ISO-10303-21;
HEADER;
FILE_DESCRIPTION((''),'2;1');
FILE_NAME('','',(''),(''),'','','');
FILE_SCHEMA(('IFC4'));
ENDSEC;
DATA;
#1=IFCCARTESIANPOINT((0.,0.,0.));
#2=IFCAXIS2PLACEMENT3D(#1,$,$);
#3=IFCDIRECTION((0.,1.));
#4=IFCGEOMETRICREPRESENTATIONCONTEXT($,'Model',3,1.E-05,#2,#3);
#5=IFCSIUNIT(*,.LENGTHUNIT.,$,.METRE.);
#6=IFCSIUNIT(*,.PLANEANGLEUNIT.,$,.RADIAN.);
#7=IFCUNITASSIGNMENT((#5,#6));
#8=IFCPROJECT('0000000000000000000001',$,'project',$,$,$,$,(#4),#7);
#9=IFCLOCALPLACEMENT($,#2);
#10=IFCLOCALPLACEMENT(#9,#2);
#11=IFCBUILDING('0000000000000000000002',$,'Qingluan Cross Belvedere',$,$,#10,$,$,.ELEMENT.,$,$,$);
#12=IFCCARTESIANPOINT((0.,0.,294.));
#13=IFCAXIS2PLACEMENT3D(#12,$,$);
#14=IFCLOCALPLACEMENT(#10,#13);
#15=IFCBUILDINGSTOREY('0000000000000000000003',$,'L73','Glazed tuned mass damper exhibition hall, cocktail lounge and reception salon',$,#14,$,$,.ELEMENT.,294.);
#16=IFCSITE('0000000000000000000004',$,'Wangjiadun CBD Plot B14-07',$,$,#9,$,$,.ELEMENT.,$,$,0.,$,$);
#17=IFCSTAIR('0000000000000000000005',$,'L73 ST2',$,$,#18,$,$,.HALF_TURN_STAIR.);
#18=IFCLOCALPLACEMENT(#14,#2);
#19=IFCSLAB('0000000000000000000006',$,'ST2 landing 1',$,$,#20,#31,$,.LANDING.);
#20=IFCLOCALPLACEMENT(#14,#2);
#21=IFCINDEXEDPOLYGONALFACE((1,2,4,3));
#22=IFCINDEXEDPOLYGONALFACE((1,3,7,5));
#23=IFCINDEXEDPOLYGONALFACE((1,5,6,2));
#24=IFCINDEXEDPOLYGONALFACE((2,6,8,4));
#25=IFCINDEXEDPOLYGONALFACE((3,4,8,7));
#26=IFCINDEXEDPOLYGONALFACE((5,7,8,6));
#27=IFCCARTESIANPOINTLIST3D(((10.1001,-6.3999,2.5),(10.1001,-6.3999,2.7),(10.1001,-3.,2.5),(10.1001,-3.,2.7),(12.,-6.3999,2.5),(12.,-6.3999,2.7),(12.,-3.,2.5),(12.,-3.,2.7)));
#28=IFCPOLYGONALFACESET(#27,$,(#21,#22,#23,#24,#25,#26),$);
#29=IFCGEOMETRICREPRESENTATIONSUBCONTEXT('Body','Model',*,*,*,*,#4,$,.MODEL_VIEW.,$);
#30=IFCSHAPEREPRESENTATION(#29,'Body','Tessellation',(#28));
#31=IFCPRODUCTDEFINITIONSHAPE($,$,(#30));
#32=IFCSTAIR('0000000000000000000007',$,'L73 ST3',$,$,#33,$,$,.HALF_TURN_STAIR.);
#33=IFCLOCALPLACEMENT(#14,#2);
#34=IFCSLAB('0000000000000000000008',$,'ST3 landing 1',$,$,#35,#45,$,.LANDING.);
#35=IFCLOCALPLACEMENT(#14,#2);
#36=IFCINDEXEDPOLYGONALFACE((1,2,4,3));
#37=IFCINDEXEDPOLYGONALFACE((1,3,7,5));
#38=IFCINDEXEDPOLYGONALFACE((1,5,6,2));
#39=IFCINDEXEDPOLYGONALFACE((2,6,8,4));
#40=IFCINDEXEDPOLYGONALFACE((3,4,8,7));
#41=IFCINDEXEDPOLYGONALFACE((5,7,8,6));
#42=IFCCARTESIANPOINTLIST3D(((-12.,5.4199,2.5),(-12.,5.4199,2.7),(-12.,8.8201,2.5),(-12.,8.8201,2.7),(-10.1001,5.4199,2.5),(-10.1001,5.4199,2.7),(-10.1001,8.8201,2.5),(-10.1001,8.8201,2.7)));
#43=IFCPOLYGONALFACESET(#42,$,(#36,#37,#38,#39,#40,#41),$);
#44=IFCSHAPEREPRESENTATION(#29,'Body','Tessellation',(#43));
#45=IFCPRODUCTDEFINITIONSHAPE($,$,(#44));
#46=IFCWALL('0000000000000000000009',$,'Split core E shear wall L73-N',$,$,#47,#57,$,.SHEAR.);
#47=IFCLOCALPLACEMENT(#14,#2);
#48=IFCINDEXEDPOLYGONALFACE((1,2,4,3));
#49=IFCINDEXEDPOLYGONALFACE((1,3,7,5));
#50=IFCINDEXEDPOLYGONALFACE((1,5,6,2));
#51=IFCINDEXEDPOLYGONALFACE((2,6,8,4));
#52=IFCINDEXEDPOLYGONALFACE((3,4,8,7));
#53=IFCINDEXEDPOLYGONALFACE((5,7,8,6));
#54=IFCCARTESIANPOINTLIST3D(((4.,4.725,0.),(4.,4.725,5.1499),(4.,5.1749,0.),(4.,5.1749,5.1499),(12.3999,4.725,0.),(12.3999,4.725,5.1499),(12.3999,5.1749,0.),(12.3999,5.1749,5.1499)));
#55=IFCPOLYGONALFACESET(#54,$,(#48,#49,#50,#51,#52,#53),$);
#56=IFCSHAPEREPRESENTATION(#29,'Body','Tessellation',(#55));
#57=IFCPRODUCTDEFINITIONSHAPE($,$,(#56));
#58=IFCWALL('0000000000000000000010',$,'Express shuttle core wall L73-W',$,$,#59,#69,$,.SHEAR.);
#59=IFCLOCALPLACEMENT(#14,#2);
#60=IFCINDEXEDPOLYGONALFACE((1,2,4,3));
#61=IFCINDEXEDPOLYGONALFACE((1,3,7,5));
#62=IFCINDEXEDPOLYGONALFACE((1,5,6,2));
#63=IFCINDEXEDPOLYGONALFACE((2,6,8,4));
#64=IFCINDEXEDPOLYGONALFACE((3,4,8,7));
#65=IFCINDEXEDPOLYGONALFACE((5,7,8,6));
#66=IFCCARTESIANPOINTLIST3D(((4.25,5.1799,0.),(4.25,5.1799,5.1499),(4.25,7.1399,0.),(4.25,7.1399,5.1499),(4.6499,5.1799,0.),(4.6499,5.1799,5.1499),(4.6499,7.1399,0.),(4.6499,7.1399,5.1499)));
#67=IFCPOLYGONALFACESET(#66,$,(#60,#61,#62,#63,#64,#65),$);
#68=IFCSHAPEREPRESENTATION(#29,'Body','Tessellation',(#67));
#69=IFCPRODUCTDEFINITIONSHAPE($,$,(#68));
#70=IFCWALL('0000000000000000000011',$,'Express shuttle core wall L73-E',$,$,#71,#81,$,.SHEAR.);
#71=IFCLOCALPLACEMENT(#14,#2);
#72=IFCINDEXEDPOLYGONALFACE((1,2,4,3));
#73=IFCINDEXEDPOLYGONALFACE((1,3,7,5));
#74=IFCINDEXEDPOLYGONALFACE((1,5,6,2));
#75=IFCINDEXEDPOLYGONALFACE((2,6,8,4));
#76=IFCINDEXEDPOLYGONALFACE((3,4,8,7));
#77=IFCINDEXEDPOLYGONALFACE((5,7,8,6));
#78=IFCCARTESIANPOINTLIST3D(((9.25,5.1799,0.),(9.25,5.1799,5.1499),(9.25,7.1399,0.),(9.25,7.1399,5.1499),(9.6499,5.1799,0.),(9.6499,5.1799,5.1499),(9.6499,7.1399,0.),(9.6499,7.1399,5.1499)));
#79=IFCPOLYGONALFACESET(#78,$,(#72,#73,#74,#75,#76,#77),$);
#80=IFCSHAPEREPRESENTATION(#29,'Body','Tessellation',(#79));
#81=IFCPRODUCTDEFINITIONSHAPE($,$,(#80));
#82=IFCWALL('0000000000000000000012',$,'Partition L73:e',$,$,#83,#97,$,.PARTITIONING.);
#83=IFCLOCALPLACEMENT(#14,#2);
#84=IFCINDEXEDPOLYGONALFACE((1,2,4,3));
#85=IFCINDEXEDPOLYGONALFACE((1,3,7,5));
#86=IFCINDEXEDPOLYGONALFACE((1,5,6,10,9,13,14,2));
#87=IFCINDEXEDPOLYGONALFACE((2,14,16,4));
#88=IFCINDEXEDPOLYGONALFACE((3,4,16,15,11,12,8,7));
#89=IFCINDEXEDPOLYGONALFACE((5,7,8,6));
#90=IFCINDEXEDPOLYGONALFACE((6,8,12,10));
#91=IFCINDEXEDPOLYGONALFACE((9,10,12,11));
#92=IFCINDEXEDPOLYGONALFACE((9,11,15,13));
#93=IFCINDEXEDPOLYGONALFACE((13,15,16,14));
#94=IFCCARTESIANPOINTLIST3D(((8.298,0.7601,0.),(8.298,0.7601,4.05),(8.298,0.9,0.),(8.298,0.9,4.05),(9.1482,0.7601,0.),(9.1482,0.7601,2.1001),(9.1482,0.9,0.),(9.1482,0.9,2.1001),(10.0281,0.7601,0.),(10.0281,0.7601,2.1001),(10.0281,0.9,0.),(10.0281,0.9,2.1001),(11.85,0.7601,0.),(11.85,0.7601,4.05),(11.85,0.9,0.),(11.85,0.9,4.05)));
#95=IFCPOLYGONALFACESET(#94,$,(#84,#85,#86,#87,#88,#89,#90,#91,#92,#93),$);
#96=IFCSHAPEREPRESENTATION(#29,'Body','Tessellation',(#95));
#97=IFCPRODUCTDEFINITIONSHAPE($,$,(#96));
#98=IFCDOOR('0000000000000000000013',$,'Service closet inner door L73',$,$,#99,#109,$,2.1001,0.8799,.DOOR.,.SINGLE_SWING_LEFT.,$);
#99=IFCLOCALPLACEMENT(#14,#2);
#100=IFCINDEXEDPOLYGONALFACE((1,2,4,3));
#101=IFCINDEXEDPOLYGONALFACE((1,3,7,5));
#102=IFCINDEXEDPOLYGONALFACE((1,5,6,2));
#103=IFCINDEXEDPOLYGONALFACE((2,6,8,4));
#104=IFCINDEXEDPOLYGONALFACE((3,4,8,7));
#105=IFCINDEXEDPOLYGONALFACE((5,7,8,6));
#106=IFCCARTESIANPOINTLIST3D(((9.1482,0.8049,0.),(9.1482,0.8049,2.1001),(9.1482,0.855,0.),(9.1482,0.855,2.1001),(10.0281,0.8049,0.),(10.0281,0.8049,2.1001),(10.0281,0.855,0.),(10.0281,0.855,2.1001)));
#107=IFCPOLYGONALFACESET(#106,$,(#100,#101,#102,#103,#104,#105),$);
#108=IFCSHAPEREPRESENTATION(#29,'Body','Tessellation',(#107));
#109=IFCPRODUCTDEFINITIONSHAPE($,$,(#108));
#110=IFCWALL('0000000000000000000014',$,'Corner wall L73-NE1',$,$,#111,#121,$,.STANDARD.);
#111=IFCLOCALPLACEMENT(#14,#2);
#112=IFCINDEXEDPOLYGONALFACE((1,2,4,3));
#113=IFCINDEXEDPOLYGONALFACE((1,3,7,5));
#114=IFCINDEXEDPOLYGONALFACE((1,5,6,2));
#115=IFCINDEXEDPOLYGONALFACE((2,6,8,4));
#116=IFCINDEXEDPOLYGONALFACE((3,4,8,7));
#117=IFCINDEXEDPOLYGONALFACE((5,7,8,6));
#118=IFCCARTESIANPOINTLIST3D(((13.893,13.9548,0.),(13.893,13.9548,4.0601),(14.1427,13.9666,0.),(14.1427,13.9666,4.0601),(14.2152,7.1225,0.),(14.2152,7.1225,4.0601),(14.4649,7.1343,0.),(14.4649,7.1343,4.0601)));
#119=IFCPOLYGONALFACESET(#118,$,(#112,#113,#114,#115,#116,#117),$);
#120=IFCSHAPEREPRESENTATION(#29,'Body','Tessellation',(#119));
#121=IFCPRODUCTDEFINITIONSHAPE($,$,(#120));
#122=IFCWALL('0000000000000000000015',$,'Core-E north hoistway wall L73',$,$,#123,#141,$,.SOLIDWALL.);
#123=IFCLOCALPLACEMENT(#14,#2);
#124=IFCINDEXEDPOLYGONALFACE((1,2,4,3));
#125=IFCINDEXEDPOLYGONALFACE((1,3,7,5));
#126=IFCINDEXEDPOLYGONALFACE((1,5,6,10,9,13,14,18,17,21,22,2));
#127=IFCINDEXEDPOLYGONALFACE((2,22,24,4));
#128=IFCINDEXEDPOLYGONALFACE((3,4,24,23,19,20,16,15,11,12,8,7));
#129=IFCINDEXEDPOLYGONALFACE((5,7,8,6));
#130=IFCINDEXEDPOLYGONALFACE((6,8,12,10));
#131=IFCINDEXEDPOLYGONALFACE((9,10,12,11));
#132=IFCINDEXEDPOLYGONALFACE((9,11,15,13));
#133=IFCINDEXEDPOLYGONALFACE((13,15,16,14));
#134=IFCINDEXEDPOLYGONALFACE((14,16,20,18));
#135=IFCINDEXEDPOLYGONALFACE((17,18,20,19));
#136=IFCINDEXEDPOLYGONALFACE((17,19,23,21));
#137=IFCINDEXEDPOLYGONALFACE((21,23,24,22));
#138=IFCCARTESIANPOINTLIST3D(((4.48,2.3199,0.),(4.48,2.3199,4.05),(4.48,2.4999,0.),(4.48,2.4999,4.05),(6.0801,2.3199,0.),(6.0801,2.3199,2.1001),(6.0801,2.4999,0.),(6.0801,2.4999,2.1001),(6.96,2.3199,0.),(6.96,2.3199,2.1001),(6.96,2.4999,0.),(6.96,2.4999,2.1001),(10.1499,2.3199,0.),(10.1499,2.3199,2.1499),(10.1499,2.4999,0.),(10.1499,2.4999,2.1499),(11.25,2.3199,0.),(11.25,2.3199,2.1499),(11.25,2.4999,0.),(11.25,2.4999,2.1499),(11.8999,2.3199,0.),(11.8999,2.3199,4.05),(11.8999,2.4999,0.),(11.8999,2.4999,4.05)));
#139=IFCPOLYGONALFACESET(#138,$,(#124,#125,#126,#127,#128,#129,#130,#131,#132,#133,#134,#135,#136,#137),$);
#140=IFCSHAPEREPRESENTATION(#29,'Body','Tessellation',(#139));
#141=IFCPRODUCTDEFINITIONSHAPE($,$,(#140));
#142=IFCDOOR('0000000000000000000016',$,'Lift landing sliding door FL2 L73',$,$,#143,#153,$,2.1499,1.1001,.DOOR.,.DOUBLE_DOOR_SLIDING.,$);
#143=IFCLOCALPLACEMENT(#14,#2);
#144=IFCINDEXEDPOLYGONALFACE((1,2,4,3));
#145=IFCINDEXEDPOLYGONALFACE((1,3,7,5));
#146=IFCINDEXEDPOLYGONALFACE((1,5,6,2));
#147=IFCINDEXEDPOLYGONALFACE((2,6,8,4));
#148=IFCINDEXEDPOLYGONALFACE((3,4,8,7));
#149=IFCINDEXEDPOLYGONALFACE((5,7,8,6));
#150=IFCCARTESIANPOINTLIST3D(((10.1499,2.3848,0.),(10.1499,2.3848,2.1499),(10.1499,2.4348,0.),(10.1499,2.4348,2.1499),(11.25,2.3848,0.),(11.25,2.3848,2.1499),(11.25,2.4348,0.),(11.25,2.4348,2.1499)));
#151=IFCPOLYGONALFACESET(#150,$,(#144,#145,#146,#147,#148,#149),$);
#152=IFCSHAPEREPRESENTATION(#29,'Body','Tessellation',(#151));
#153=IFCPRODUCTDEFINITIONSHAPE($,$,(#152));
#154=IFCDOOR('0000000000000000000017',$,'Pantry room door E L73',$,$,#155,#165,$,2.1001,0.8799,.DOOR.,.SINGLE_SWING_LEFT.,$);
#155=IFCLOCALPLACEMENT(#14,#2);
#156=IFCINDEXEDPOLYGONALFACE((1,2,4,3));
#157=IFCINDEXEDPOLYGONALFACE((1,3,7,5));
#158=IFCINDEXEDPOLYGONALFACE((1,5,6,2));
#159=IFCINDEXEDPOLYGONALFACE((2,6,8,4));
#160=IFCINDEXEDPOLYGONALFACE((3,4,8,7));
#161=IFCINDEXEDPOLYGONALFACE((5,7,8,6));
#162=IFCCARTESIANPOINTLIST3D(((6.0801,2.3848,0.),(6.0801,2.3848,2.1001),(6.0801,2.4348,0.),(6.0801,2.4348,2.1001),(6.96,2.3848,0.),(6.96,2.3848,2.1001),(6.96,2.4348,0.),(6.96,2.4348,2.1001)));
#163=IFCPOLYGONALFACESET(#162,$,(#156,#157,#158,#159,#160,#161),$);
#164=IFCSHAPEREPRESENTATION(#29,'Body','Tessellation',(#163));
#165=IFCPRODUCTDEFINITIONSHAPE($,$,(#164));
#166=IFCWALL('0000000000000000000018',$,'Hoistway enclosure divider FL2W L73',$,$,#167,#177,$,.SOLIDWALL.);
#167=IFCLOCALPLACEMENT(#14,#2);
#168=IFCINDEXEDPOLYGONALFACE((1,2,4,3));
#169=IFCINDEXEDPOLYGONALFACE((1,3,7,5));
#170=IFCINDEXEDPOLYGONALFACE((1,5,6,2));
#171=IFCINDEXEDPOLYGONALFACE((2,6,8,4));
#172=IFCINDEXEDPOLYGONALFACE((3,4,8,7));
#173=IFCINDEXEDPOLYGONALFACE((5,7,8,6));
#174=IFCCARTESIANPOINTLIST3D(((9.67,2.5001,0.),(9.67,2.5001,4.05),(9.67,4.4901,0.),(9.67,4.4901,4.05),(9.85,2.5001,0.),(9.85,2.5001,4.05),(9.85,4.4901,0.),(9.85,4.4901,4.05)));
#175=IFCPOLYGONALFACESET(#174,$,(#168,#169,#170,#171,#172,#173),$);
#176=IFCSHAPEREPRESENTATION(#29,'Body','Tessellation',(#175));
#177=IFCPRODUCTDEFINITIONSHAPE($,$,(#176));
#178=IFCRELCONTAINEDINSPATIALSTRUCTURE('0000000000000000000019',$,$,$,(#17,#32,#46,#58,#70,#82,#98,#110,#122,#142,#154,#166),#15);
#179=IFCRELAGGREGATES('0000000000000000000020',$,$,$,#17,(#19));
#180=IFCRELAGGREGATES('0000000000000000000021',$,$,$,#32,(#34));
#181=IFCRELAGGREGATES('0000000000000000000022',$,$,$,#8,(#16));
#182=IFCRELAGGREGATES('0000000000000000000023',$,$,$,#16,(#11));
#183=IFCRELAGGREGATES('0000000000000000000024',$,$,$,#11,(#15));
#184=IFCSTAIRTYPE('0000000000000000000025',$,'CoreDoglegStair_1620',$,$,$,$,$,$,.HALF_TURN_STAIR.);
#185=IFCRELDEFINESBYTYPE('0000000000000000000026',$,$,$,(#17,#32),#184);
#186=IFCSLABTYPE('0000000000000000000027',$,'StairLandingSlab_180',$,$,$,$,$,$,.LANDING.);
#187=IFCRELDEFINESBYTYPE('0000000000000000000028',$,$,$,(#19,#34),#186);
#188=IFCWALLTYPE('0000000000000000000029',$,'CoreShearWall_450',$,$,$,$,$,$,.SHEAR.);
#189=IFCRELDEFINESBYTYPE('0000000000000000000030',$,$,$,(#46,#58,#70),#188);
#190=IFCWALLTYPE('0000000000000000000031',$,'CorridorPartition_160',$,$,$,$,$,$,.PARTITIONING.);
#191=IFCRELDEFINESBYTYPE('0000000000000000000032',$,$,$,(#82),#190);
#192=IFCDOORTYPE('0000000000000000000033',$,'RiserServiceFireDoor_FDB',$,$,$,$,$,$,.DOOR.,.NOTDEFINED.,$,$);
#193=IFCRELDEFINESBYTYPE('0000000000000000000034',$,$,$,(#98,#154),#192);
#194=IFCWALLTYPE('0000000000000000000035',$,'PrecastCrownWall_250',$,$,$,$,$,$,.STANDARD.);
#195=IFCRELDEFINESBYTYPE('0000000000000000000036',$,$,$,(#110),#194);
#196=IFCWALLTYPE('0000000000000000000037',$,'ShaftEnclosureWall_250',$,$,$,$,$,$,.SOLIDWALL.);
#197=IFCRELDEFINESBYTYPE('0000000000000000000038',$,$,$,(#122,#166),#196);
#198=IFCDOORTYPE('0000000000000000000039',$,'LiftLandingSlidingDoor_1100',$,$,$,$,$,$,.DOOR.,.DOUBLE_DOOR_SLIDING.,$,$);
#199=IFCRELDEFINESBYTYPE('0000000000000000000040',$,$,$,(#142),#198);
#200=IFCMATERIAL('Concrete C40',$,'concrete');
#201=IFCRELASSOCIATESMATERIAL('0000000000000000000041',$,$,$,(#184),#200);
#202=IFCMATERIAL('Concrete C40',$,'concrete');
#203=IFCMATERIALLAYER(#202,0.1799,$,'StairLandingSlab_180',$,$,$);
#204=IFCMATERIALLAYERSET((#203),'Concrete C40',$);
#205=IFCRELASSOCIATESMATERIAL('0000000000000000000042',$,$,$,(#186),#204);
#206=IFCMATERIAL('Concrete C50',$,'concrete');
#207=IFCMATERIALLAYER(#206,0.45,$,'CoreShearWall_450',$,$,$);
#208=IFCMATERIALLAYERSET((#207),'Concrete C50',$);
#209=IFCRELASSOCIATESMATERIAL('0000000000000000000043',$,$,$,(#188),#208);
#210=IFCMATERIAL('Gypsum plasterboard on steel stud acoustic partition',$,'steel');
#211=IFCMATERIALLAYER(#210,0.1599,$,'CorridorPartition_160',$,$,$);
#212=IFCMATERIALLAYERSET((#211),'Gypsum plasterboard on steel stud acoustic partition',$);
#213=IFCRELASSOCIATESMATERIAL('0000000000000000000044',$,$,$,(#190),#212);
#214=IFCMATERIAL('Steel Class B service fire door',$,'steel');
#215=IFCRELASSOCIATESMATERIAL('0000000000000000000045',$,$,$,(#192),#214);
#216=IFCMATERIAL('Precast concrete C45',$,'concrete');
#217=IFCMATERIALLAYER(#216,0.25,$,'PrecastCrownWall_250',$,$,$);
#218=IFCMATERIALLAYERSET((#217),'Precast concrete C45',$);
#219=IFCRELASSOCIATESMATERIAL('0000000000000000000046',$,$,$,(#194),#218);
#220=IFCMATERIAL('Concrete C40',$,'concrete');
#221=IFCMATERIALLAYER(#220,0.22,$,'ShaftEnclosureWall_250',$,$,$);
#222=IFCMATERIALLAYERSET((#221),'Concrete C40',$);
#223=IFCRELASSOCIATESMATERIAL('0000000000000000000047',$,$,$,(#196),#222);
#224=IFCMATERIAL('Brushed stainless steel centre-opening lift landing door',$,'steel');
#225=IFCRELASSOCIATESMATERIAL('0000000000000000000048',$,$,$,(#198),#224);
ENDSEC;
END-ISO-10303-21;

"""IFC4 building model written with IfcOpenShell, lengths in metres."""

from ifc_helpers import new_model, si_unit, direction, frame, frame_2d, origin, place, context, subcontext, project, spatial, polyline, rectangle, outline, extrude, material, layer, layer_set, type_object, element, fill, aggregate, save


model = new_model("IFC4")

# Units and contexts
model_context = context("Model", 3, precision=1e-05, world=origin(), true_north=direction((0.0, 1.0)))
body_context = subcontext(model_context, "Body", "Model", "MODEL_VIEW")
ifc_project = project(units=[si_unit("LENGTHUNIT", "METRE"), si_unit("PLANEANGLEUNIT", "RADIAN")], contexts=[model_context])

# Site, building, storey
site_placement = place(None, origin())
site = spatial("IfcSite", under=ifc_project, at=site_placement, Name="Wangjiadun CBD Plot B14-07", CompositionType="ELEMENT", RefElevation=0.0)
building_placement = place(site_placement, origin())
building = spatial("IfcBuilding", under=site, at=building_placement, Name="Qingluan Cross Belvedere", CompositionType="ELEMENT")
storey_placement = place(building_placement, frame((0.0, 0.0, 294.0)))
storey = spatial("IfcBuildingStorey", under=building, at=storey_placement, Name="L73", Description="Glazed tuned mass damper exhibition hall, cocktail lounge and reception salon", CompositionType="ELEMENT", Elevation=294.0)

# Stairs, slabs
ifc_material_1 = material(Name="Concrete C40", Category="concrete")
stair_type = type_object("IfcStairType", Name="CoreDoglegStair_1620", PredefinedType="HALF_TURN_STAIR", material=ifc_material_1)
ifc_material_2 = material(Name="Concrete C40", Category="concrete")
ifc_layer_1 = layer(ifc_material_2, 0.1799, Name="StairLandingSlab_180")
ifc_layer_set_1 = layer_set([ifc_layer_1], Name="Concrete C40")
slab_type_1 = type_object("IfcSlabType", Name="StairLandingSlab_180", PredefinedType="LANDING", material=ifc_layer_set_1)
stair_1_placement = place(storey_placement, origin())
stair_1 = element("IfcStair", 1, at=stair_1_placement, inside=storey, type_object=stair_type, Name="L73 ST2", PredefinedType="HALF_TURN_STAIR")
slab_1_placement = place(storey_placement, frame((0.0, 0.0, 2.5)))
slab_1 = element("IfcSlab", 2, at=slab_1_placement, type_object=slab_type_1, Name="ST2 landing 1", PredefinedType="LANDING", context=body_context, shape_type="SweptSolid", body=[
    extrude(outline(polyline([(10.1001, -6.3999), (12.0, -6.3999), (12.0, -3.0), (10.1001, -3.0), (10.1001, -6.3999)])), origin(), (0.0, 0.0, 1.0), 0.2),
])
aggregate(stair_1, [slab_1])
stair_2_placement = place(storey_placement, origin())
stair_2 = element("IfcStair", 3, at=stair_2_placement, inside=storey, type_object=stair_type, Name="L73 ST3", PredefinedType="HALF_TURN_STAIR")
slab_2_placement = place(storey_placement, frame((0.0, 0.0, 2.5)))
slab_2 = element("IfcSlab", 4, at=slab_2_placement, type_object=slab_type_1, Name="ST3 landing 1", PredefinedType="LANDING", context=body_context, shape_type="SweptSolid", body=[
    extrude(outline(polyline([(-10.1001, 8.8201), (-12.0, 8.8201), (-12.0, 5.4199), (-10.1001, 5.4199), (-10.1001, 8.8201)])), origin(), (0.0, 0.0, 1.0), 0.2),
])
aggregate(stair_2, [slab_2])

# Walls
ifc_material_3 = material(Name="Concrete C50", Category="concrete")
ifc_layer_2 = layer(ifc_material_3, 0.45, Name="CoreShearWall_450")
ifc_layer_set_2 = layer_set([ifc_layer_2], Name="Concrete C50")
wall_type_1 = type_object("IfcWallType", Name="CoreShearWall_450", PredefinedType="SHEAR", material=ifc_layer_set_2)
wall_1_placement = place(storey_placement, frame((4.0, 4.95, 0.0), z_axis=(0.0, 0.0, 1.0), x_axis=(1.0, 0.0, 0.0)))
element("IfcWall", 5, at=wall_1_placement, inside=storey, type_object=wall_type_1, Name="Split core E shear wall L73-N", PredefinedType="SHEAR", context=body_context, shape_type="SweptSolid", body=[
    extrude(rectangle(XDim=8.3999, YDim=0.45, at=frame_2d((4.2, 0.0))), origin(), (0.0, 0.0, 1.0), 5.1499),
])
for number, where, z_axis, x_axis, name in (
    (6, (4.45, 5.1799, 0.0), (0.0, 0.0, 1.0), (0.0, 1.0, 0.0), "Express shuttle core wall L73-W"),
    (7, (9.45, 5.1799, 0.0), (0.0, 0.0, 1.0), (0.0, 1.0, 0.0), "Express shuttle core wall L73-E"),
):
    element("IfcWall", number, at=place(storey_placement, frame(where, z_axis=z_axis, x_axis=x_axis)), inside=storey, type_object=wall_type_1, Name=name, PredefinedType="SHEAR", context=body_context, shape_type="SweptSolid", body=[
        extrude(rectangle(XDim=1.96, YDim=0.3999, at=frame_2d((0.98, 0.0))), origin(), (0.0, 0.0, 1.0), 5.1499),
    ])

# Wall, opening, door
ifc_material_4 = material(Name="Gypsum plasterboard on steel stud acoustic partition", Category="steel")
ifc_layer_3 = layer(ifc_material_4, 0.1599, Name="CorridorPartition_160")
ifc_layer_set_3 = layer_set([ifc_layer_3], Name="Gypsum plasterboard on steel stud acoustic partition")
wall_type_2 = type_object("IfcWallType", Name="CorridorPartition_160", PredefinedType="PARTITIONING", material=ifc_layer_set_3)
wall_2_placement = place(storey_placement, frame((8.2981, 0.8301, 0.0), z_axis=(0.0, 0.0, 1.0), x_axis=(1.0, 0.0, 0.0)))
wall_2 = element("IfcWall", 8, at=wall_2_placement, inside=storey, type_object=wall_type_2, Name="Partition L73:e", PredefinedType="PARTITIONING", context=body_context, shape_type="SweptSolid", body=[
    extrude(rectangle(XDim=3.552, YDim=0.1399, at=frame_2d((1.7759, 0.0))), origin(), (0.0, 0.0, 1.0), 4.05),
])
opening_1_placement = place(wall_2_placement, frame((0.8501, 0.0, 0.0)))
opening_1 = element("IfcOpeningElement", 9, at=opening_1_placement, cuts=wall_2, PredefinedType="OPENING", context=body_context, shape_type="SweptSolid", body=[
    extrude(rectangle(XDim=0.8799, YDim=2.1001, at=frame_2d((0.4399, 1.05))), frame((0.0, 0.0798, 0.0), z_axis=(0.0, -1.0, 0.0), x_axis=(1.0, 0.0, 0.0)), (0.0, 0.0, 1.0), 0.1599),
])
ifc_material_5 = material(Name="Steel Class B service fire door", Category="steel")
door_type_1 = type_object("IfcDoorType", Name="RiserServiceFireDoor_FDB", OperationType="NOTDEFINED", PredefinedType="DOOR", material=ifc_material_5)
door_1_placement = place(opening_1_placement, origin())
door_1 = element("IfcDoor", 10, at=door_1_placement, inside=storey, type_object=door_type_1, Name="Service closet inner door L73", OperationType="SINGLE_SWING_LEFT", OverallHeight=2.1001, OverallWidth=0.8799, PredefinedType="DOOR", context=body_context, shape_type="SweptSolid", body=[
    extrude(rectangle(XDim=0.8799, YDim=2.1001, at=frame_2d((0.4399, 1.05))), frame((0.0, 0.0249, 0.0), z_axis=(0.0, -1.0, 0.0), x_axis=(1.0, 0.0, 0.0)), (0.0, 0.0, 1.0), 0.05),
])
fill(opening_1, door_1)

# Wall
ifc_material_6 = material(Name="Precast concrete C45", Category="concrete")
ifc_layer_4 = layer(ifc_material_6, 0.25, Name="PrecastCrownWall_250")
ifc_layer_set_4 = layer_set([ifc_layer_4], Name="Precast concrete C45")
wall_type_3 = type_object("IfcWallType", Name="PrecastCrownWall_250", PredefinedType="STANDARD", material=ifc_layer_set_4)
wall_3_placement = place(storey_placement, frame((14.3401, 7.1284, 0.0), z_axis=(0.0, 0.0, 1.0), x_axis=(-0.047116, 0.998889, 0.0)))
element("IfcWall", 11, at=wall_3_placement, inside=storey, type_object=wall_type_3, Name="Corner wall L73-NE1", PredefinedType="STANDARD", context=body_context, shape_type="SweptSolid", body=[
    extrude(rectangle(XDim=6.8398, YDim=0.25, at=frame_2d((3.4199, 0.0))), origin(), (0.0, 0.0, 1.0), 4.0601),
])

# Wall, openings, doors
ifc_material_7 = material(Name="Concrete C40", Category="concrete")
ifc_layer_5 = layer(ifc_material_7, 0.22, Name="ShaftEnclosureWall_250")
ifc_layer_set_5 = layer_set([ifc_layer_5], Name="Concrete C40")
wall_type_4 = type_object("IfcWallType", Name="ShaftEnclosureWall_250", PredefinedType="SOLIDWALL", material=ifc_layer_set_5)
wall_4_placement = place(storey_placement, frame((4.48, 2.4099, 0.0), z_axis=(0.0, 0.0, 1.0), x_axis=(1.0, 0.0, 0.0)))
wall_4 = element("IfcWall", 12, at=wall_4_placement, inside=storey, type_object=wall_type_4, Name="Core-E north hoistway wall L73", PredefinedType="SOLIDWALL", context=body_context, shape_type="SweptSolid", body=[
    extrude(rectangle(XDim=7.4199, YDim=0.1799, at=frame_2d((3.71, 0.0))), origin(), (0.0, 0.0, 1.0), 4.05),
])
opening_2_placement = place(wall_4_placement, frame((5.6699, 0.0, 0.0)))
opening_2 = element("IfcOpeningElement", 13, at=opening_2_placement, cuts=wall_4, PredefinedType="OPENING", context=body_context, shape_type="SweptSolid", body=[
    extrude(rectangle(XDim=1.1001, YDim=2.1499, at=frame_2d((0.55, 1.075))), frame((0.0, 0.0999, 0.0), z_axis=(0.0, -1.0, 0.0), x_axis=(1.0, 0.0, 0.0)), (0.0, 0.0, 1.0), 0.2),
])
opening_3_placement = place(wall_4_placement, frame((1.6001, 0.0, 0.0)))
opening_3 = element("IfcOpeningElement", 14, at=opening_3_placement, cuts=wall_4, PredefinedType="OPENING", context=body_context, shape_type="SweptSolid", body=[
    extrude(rectangle(XDim=0.8799, YDim=2.1001, at=frame_2d((0.4399, 1.05))), frame((0.0, 0.0999, 0.0), z_axis=(0.0, -1.0, 0.0), x_axis=(1.0, 0.0, 0.0)), (0.0, 0.0, 1.0), 0.2),
])
ifc_material_8 = material(Name="Brushed stainless steel centre-opening lift landing door", Category="steel")
door_type_2 = type_object("IfcDoorType", Name="LiftLandingSlidingDoor_1100", OperationType="DOUBLE_DOOR_SLIDING", PredefinedType="DOOR", material=ifc_material_8)
door_2_placement = place(opening_2_placement, origin())
door_2 = element("IfcDoor", 15, at=door_2_placement, inside=storey, type_object=door_type_2, Name="Lift landing sliding door FL2 L73", OperationType="DOUBLE_DOOR_SLIDING", OverallHeight=2.1499, OverallWidth=1.1001, PredefinedType="DOOR", context=body_context, shape_type="SweptSolid", body=[
    extrude(rectangle(XDim=1.1001, YDim=2.1499, at=frame_2d((0.55, 1.075))), frame((0.0, 0.0249, 0.0), z_axis=(0.0, -1.0, 0.0), x_axis=(1.0, 0.0, 0.0)), (0.0, 0.0, 1.0), 0.05),
])
fill(opening_2, door_2)
door_3_placement = place(opening_3_placement, origin())
door_3 = element("IfcDoor", 16, at=door_3_placement, inside=storey, type_object=door_type_1, Name="Pantry room door E L73", OperationType="SINGLE_SWING_LEFT", OverallHeight=2.1001, OverallWidth=0.8799, PredefinedType="DOOR", context=body_context, shape_type="SweptSolid", body=[
    extrude(rectangle(XDim=0.8799, YDim=2.1001, at=frame_2d((0.4399, 1.05))), frame((0.0, 0.0249, 0.0), z_axis=(0.0, -1.0, 0.0), x_axis=(1.0, 0.0, 0.0)), (0.0, 0.0, 1.0), 0.05),
])
fill(opening_3, door_3)

# Wall
wall_5_placement = place(storey_placement, frame((9.76, 2.5, 0.0), z_axis=(0.0, 0.0, 1.0), x_axis=(0.0, 1.0, 0.0)))
element("IfcWall", 17, at=wall_5_placement, inside=storey, type_object=wall_type_4, Name="Hoistway enclosure divider FL2W L73", PredefinedType="SOLIDWALL", context=body_context, shape_type="SweptSolid", body=[
    extrude(rectangle(XDim=1.99, YDim=0.1799, at=frame_2d((0.9951, 0.0))), origin(), (0.0, 0.0, 1.0), 4.05),
])

save(model, "model.ifc")
